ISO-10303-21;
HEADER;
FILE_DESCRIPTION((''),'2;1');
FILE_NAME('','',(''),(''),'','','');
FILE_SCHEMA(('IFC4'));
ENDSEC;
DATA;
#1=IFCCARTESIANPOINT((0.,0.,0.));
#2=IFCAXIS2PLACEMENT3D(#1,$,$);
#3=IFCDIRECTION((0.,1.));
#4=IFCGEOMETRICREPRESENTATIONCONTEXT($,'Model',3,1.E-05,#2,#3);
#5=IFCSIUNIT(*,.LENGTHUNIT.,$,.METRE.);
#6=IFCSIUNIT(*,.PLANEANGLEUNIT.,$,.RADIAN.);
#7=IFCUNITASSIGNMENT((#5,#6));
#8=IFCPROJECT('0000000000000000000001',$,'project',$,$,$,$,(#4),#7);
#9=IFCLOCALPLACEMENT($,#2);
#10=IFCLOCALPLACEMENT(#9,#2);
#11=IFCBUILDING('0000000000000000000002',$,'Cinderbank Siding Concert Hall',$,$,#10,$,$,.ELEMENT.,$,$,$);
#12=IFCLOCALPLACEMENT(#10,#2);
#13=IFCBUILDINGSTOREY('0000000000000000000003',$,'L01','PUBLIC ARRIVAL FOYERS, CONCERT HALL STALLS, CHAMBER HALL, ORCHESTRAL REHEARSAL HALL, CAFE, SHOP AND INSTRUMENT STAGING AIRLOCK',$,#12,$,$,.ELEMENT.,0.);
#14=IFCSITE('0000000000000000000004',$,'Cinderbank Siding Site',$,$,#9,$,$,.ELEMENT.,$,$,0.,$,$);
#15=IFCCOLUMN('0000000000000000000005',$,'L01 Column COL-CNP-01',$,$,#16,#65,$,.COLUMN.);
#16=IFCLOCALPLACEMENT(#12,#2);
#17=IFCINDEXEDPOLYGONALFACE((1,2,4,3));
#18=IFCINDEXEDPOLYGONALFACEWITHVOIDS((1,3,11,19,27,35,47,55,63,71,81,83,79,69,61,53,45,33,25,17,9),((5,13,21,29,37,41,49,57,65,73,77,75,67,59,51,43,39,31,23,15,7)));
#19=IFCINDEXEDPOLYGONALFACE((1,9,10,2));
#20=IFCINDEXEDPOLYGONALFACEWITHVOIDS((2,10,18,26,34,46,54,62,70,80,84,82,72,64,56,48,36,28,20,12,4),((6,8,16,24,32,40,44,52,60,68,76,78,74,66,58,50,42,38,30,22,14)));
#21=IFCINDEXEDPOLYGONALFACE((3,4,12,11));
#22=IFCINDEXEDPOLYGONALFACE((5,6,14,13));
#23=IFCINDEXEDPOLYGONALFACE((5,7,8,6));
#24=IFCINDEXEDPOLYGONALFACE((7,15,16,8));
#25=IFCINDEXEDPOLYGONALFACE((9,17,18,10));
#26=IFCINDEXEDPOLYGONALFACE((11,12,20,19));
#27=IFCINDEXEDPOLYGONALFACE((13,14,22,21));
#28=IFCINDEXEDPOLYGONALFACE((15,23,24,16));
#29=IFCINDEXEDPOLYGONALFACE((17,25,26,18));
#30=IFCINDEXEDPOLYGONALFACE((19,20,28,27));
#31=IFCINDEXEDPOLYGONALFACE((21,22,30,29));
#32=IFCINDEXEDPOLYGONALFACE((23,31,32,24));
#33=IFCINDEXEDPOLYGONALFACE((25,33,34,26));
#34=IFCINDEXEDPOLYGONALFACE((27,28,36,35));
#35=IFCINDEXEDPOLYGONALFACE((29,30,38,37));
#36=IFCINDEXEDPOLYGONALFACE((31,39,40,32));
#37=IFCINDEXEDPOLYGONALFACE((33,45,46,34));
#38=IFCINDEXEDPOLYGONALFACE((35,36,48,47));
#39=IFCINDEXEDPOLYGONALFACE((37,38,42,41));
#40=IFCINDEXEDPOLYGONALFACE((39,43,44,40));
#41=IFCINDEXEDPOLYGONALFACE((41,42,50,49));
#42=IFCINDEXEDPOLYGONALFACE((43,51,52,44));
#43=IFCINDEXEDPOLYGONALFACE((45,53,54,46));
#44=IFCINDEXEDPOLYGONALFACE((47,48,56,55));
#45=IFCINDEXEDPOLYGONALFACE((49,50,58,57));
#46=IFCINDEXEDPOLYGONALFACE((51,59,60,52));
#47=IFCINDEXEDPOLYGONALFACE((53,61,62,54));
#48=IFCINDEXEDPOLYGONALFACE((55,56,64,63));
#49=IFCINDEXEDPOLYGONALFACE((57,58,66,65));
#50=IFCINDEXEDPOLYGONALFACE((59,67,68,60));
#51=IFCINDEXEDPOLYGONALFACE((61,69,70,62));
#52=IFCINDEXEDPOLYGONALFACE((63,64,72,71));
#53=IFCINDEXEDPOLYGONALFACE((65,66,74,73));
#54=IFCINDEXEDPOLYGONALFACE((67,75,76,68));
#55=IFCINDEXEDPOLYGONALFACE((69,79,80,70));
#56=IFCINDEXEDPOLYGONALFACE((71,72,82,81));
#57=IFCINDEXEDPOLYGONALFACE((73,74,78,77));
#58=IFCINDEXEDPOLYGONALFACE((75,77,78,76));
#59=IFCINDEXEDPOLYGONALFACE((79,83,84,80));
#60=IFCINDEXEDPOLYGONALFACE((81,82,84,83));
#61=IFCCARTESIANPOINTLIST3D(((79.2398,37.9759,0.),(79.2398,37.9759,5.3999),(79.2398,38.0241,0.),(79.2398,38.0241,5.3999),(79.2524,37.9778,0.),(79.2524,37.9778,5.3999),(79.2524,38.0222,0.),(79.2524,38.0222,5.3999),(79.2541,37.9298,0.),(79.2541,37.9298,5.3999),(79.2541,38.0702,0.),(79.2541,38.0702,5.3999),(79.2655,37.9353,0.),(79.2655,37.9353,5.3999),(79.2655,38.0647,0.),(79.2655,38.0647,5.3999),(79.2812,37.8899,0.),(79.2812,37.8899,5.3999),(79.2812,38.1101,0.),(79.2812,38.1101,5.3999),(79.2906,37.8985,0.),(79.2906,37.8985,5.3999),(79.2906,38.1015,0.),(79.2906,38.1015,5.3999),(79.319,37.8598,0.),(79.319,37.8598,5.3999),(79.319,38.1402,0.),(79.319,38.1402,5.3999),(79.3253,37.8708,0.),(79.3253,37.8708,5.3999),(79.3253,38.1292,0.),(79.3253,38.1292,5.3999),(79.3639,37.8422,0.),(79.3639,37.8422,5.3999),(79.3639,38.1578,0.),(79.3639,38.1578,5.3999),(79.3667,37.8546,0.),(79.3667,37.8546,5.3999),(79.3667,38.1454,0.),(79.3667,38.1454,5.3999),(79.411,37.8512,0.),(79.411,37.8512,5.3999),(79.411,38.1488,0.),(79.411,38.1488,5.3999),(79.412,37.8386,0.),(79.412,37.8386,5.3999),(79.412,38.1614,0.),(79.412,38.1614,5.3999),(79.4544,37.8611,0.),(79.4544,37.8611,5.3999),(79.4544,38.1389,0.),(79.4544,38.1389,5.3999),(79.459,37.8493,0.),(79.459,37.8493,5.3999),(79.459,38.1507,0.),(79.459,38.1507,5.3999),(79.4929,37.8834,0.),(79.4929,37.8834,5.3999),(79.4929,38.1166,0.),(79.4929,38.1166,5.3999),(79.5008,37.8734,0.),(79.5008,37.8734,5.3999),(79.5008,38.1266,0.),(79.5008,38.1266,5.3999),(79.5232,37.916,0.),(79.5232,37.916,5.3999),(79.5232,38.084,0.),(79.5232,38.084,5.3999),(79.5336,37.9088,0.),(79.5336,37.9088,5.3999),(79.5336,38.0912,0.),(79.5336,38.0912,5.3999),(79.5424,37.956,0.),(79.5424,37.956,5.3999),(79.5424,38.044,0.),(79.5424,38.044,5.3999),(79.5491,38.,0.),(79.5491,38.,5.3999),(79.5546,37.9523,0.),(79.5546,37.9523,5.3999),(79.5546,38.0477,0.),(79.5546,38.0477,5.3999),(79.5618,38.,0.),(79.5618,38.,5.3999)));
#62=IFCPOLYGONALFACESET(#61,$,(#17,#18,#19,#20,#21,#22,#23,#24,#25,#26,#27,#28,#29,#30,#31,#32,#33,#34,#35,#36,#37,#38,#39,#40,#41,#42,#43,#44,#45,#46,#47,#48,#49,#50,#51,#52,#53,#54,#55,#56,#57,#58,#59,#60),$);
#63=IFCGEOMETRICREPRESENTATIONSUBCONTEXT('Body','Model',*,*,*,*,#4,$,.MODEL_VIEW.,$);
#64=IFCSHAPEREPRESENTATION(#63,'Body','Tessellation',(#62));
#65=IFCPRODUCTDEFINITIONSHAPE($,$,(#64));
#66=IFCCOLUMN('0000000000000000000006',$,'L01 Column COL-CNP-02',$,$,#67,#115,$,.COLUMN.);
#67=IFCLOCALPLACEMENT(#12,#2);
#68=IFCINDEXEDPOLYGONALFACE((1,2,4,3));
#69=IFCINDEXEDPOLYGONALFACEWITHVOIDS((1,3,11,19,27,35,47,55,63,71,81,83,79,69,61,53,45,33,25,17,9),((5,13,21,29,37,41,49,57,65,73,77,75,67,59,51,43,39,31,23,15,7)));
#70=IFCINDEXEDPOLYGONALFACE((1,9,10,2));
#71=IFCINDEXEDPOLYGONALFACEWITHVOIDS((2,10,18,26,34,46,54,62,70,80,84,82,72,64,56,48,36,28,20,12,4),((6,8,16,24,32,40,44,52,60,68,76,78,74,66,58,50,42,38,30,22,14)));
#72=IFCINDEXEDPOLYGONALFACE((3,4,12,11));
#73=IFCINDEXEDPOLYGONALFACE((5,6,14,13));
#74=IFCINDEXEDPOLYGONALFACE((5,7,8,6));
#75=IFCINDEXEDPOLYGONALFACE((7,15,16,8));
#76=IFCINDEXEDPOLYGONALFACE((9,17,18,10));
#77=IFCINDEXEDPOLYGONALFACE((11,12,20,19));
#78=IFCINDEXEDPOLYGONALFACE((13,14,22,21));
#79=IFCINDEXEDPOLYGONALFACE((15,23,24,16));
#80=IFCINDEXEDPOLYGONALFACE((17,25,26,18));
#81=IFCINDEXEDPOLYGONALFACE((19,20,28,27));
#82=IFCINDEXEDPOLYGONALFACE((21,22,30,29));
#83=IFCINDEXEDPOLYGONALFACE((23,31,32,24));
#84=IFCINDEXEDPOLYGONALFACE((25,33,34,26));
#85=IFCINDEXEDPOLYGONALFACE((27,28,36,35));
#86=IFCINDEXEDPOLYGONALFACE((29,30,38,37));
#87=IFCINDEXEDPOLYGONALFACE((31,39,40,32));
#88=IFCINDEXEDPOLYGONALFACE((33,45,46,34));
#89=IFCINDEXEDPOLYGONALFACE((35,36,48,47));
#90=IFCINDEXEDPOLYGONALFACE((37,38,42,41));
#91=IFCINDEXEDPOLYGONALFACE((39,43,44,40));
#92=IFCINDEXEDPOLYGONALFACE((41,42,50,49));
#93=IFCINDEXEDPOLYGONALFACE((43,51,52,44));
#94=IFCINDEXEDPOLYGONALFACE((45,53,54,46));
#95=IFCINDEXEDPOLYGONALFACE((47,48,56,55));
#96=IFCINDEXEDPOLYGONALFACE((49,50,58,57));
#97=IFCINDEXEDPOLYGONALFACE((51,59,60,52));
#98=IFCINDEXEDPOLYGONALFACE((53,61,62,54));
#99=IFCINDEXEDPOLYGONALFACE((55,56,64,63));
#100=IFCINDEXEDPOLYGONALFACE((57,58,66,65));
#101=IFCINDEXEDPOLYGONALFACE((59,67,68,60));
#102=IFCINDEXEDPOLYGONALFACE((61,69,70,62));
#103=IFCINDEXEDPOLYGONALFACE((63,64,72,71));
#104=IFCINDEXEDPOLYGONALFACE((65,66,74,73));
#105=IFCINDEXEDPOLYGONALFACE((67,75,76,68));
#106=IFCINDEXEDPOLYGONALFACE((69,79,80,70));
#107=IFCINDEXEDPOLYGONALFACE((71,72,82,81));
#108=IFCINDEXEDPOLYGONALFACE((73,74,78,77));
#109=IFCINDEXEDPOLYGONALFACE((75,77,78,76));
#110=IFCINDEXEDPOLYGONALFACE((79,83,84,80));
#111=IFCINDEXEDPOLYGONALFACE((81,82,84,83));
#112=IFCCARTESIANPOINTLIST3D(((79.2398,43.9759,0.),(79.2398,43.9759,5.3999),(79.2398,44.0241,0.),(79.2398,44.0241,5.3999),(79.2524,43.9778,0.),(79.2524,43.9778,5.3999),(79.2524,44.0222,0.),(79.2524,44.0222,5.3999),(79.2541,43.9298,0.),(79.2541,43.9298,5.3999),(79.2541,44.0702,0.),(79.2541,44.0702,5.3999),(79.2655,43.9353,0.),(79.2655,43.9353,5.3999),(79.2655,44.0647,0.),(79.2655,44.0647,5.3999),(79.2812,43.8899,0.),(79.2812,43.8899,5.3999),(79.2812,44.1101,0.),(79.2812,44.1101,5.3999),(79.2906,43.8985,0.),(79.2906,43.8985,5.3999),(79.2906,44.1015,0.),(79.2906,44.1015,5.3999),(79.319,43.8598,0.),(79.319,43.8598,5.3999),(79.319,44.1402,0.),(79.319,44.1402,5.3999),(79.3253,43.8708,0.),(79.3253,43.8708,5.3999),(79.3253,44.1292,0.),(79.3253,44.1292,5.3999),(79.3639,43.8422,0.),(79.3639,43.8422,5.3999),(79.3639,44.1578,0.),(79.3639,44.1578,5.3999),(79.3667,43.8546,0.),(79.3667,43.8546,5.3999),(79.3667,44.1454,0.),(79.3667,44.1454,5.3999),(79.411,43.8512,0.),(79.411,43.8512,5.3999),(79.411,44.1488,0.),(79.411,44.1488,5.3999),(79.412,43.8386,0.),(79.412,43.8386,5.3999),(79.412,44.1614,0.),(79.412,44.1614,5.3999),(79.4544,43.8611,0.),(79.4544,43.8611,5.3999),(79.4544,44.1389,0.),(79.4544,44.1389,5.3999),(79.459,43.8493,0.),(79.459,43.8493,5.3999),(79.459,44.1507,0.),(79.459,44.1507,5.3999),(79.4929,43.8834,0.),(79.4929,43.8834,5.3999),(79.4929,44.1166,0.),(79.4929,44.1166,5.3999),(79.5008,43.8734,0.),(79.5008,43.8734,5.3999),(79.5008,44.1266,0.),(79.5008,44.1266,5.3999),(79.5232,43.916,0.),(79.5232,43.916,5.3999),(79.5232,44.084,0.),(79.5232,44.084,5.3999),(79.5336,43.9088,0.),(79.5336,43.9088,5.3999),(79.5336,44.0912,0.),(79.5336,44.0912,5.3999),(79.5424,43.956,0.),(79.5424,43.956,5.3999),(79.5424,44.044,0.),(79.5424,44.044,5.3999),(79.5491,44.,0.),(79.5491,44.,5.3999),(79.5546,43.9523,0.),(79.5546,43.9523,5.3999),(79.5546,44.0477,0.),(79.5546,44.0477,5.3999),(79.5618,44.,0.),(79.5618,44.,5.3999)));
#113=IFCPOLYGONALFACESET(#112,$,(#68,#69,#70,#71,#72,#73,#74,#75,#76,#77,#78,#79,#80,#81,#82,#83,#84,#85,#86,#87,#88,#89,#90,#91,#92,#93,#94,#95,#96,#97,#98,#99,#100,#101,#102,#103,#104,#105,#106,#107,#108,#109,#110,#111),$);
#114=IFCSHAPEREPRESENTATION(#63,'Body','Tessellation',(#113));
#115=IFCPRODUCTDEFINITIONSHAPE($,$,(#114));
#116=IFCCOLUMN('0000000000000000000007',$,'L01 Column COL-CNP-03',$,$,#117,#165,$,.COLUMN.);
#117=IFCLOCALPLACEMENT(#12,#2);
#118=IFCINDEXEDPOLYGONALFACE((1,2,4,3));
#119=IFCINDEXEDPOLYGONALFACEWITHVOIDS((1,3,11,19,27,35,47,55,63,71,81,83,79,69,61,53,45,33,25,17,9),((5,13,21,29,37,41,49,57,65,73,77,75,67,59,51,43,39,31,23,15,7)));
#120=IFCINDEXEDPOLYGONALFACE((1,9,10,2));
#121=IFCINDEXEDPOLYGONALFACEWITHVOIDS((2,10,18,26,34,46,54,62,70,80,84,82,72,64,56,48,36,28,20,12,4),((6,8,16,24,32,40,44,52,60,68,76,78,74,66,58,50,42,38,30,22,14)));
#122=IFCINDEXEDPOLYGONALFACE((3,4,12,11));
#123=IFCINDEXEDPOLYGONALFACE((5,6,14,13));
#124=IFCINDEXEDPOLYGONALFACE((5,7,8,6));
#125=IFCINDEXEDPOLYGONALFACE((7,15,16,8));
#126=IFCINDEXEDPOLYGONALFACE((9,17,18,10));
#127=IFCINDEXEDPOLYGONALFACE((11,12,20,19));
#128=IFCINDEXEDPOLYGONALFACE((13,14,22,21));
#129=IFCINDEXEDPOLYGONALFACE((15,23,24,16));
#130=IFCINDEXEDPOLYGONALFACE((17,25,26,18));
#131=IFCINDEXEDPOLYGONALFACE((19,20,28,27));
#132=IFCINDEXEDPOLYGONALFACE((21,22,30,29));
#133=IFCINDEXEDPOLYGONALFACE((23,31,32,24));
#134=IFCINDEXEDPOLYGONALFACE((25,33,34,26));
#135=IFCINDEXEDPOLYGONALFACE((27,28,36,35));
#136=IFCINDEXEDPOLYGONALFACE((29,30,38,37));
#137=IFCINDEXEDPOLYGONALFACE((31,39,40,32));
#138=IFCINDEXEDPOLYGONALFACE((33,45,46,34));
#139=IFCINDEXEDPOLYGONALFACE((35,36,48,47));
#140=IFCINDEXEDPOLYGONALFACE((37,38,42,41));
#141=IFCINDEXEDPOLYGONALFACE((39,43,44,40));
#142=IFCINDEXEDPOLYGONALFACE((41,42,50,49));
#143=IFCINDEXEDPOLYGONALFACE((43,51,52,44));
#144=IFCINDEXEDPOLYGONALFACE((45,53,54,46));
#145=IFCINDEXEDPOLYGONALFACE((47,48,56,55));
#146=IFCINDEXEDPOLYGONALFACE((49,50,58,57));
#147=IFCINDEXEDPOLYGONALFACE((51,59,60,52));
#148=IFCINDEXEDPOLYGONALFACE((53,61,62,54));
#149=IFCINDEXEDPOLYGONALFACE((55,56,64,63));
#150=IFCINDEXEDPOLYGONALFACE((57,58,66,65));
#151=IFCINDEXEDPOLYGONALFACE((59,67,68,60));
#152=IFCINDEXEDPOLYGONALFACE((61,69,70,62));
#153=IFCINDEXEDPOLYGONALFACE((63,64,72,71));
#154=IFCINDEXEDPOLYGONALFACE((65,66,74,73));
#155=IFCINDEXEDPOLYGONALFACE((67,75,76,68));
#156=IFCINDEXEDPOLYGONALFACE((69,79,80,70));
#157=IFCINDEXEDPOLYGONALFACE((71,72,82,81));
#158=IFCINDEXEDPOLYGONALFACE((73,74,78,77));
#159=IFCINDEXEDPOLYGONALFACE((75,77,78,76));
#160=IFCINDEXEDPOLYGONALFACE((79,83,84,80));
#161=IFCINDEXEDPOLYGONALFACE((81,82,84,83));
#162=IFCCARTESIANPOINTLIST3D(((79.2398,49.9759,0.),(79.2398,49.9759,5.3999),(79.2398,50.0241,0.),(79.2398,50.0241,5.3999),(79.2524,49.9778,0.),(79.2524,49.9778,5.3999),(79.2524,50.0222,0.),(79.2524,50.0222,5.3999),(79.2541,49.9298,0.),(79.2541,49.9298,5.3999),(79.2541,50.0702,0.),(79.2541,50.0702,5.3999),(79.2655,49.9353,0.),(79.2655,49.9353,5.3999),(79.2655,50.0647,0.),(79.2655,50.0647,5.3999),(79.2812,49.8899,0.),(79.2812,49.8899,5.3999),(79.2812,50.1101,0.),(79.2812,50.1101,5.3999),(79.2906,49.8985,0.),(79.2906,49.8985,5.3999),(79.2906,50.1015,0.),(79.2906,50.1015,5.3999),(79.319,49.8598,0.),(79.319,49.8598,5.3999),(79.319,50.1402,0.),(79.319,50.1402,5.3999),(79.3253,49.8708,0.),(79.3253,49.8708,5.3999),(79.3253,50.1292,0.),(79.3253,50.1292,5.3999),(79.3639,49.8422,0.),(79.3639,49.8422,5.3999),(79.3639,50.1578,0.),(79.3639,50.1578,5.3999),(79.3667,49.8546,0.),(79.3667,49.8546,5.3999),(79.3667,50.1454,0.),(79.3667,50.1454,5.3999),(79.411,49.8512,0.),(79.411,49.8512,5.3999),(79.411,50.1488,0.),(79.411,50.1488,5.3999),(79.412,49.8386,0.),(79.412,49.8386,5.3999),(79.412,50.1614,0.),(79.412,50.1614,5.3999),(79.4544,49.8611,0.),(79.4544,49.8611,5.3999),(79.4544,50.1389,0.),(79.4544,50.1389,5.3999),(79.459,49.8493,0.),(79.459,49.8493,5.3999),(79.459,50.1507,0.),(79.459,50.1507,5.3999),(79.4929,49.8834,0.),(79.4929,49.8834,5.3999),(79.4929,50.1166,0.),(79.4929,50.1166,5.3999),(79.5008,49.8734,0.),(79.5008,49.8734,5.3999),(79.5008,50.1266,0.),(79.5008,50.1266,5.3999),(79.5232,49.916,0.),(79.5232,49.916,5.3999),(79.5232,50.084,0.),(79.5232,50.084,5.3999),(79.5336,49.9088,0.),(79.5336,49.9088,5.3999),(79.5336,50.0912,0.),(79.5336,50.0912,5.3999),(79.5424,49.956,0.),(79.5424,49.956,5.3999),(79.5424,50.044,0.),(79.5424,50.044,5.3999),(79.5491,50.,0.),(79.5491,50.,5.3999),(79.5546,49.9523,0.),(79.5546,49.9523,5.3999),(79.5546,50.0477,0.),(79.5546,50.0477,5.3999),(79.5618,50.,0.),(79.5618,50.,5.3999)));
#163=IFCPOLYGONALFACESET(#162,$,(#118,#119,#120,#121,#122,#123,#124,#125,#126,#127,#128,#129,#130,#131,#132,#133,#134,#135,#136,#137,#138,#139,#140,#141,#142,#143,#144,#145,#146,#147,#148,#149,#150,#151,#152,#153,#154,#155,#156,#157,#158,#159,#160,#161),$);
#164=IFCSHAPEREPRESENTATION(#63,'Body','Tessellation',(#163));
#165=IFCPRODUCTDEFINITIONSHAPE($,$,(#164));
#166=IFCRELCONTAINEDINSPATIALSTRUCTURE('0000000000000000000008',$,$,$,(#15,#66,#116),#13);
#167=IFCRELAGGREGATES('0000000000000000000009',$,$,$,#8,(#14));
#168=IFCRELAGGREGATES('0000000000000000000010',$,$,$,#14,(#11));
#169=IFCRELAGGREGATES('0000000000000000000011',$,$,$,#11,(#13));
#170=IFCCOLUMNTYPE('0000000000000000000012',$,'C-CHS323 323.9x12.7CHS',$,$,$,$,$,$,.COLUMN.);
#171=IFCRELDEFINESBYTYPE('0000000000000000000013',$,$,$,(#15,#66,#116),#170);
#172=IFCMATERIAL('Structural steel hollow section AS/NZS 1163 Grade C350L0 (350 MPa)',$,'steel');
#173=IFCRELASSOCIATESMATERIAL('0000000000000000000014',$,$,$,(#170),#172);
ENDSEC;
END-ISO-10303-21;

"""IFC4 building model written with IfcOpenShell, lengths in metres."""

from ifc_helpers import new_model, si_unit, direction, frame, origin, origin_2d, place, context, subcontext, project, spatial, hollow_circle, extrude, material, material_profile, profile_set, type_object, element, save


model = new_model("IFC4")

# Units and contexts
model_context = context("Model", 3, precision=1e-05, world=origin(), true_north=direction((0.0, 1.0)))
body_context = subcontext(model_context, "Body", "Model", "MODEL_VIEW")
ifc_project = project(units=[si_unit("LENGTHUNIT", "METRE"), si_unit("PLANEANGLEUNIT", "RADIAN")], contexts=[model_context])

# Site, building, storey
site_placement = place(None, origin())
site = spatial("IfcSite", under=ifc_project, at=site_placement, Name="Cinderbank Siding Site", CompositionType="ELEMENT", RefElevation=0.0)
building_placement = place(site_placement, origin())
building = spatial("IfcBuilding", under=site, at=building_placement, Name="Cinderbank Siding Concert Hall", CompositionType="ELEMENT")
storey_placement = place(building_placement, origin())
storey = spatial("IfcBuildingStorey", under=building, at=storey_placement, Name="L01", Description="PUBLIC ARRIVAL FOYERS, CONCERT HALL STALLS, CHAMBER HALL, ORCHESTRAL REHEARSAL HALL, CAFE, SHOP AND INSTRUMENT STAGING AIRLOCK", CompositionType="ELEMENT", Elevation=0.0)

# Columns
ifc_material_1 = material(Name="Structural steel hollow section AS/NZS 1163 Grade C350L0 (350 MPa)", Category="steel")
ifc_material_profile_1 = material_profile(ifc_material_1, hollow_circle(Radius=0.1619, WallThickness=0.0127, at=origin_2d()), Name="323.9x12.7CHS", Category="LoadBearing")
ifc_profile_set_1 = profile_set([ifc_material_profile_1], Name="Structural steel hollow section AS/NZS 1163 Grade C350L0 (350 MPa)")
column_type_1 = type_object("IfcColumnType", Name="C-CHS323 323.9x12.7CHS", PredefinedType="COLUMN", material=ifc_profile_set_1)
for number, where, z_axis, x_axis, name in (
    (1, (79.3999, 38.0, 0.0), (0.0, 0.0, 1.0), (1.0, 0.0, 0.0), "L01 Column COL-CNP-01"),
    (2, (79.3999, 44.0, 0.0), (0.0, 0.0, 1.0), (1.0, 0.0, 0.0), "L01 Column COL-CNP-02"),
    (3, (79.3999, 50.0, 0.0), (0.0, 0.0, 1.0), (1.0, 0.0, 0.0), "L01 Column COL-CNP-03"),
):
    element("IfcColumn", number, at=place(storey_placement, frame(where, z_axis=z_axis, x_axis=x_axis)), inside=storey, type_object=column_type_1, Name=name, PredefinedType="COLUMN", context=body_context, shape_type="SweptSolid", body=[
        extrude(hollow_circle(Radius=0.1619, WallThickness=0.0127, at=origin_2d()), origin(), (0.0, 0.0, 1.0), 5.3999),
    ])

save(model, "model.ifc")
